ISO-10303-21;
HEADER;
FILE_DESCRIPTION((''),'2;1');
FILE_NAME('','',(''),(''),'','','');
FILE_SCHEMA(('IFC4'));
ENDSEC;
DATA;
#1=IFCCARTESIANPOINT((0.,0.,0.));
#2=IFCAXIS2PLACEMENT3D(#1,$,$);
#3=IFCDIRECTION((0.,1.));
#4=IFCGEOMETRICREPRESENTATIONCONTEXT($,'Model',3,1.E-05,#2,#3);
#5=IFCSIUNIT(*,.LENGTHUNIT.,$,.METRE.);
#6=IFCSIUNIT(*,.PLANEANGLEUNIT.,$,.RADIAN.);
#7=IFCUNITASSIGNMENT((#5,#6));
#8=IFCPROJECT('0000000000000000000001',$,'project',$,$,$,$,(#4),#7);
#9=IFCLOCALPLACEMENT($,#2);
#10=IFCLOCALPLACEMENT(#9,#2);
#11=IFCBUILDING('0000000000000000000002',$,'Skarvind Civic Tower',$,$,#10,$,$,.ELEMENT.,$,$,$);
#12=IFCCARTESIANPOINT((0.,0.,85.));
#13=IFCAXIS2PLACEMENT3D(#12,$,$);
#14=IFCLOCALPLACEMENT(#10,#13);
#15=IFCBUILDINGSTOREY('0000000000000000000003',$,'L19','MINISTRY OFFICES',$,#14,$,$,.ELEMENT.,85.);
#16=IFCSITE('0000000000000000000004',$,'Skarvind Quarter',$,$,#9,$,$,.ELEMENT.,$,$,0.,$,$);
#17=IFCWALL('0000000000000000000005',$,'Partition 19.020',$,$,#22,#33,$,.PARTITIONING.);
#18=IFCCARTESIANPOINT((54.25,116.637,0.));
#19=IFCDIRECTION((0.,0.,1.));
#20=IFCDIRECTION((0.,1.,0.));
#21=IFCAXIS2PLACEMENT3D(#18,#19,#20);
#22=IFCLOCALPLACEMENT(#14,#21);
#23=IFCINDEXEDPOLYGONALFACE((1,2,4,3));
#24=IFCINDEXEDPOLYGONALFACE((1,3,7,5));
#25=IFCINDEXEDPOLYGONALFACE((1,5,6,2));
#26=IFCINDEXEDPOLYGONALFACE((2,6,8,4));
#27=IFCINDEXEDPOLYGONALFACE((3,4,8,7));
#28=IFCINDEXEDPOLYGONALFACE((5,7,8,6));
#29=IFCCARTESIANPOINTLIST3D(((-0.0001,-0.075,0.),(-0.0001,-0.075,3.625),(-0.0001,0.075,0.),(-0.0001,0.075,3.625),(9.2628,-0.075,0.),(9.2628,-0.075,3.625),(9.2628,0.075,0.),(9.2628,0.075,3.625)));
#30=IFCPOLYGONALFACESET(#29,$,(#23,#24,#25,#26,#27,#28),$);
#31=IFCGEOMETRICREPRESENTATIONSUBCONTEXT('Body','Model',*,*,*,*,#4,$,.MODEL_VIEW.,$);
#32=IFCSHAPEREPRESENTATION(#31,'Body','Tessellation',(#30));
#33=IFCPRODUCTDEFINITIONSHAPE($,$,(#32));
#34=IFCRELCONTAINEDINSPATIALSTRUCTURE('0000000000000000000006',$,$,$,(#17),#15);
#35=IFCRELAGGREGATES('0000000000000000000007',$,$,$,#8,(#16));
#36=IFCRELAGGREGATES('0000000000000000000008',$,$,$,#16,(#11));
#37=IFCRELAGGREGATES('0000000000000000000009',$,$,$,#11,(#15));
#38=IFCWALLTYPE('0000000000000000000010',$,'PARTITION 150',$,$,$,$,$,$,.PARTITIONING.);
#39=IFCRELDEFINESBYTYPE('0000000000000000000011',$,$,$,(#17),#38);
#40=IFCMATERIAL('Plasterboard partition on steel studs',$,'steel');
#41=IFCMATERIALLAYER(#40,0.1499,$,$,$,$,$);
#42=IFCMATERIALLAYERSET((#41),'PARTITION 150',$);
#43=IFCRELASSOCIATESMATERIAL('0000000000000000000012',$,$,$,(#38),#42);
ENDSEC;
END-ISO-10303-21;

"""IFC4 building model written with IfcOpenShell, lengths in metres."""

from ifc_helpers import new_model, si_unit, direction, frame, frame_2d, origin, place, context, subcontext, project, spatial, rectangle, extrude, material, layer, layer_set, type_object, element, save


model = new_model("IFC4")

# Units and contexts
model_context = context("Model", 3, precision=1e-05, world=origin(), true_north=direction((0.0, 1.0)))
body_context = subcontext(model_context, "Body", "Model", "MODEL_VIEW")
ifc_project = project(units=[si_unit("LENGTHUNIT", "METRE"), si_unit("PLANEANGLEUNIT", "RADIAN")], contexts=[model_context])

# Site, building, storey
site_placement = place(None, origin())
site = spatial("IfcSite", under=ifc_project, at=site_placement, Name="Skarvind Quarter", CompositionType="ELEMENT", RefElevation=0.0)
building_placement = place(site_placement, origin())
building = spatial("IfcBuilding", under=site, at=building_placement, Name="Skarvind Civic Tower", CompositionType="ELEMENT")
storey_placement = place(building_placement, frame((0.0, 0.0, 85.0)))
storey = spatial("IfcBuildingStorey", under=building, at=storey_placement, Name="L19", Description="MINISTRY OFFICES", CompositionType="ELEMENT", Elevation=85.0)

# Shared definitions
ifc_material_1 = material(Name="Plasterboard partition on steel studs", Category="steel")
ifc_layer_1 = layer(ifc_material_1, 0.1499)
ifc_layer_set_1 = layer_set([ifc_layer_1], Name="PARTITION 150")
wall_type_1 = type_object("IfcWallType", Name="PARTITION 150", PredefinedType="PARTITIONING", material=ifc_layer_set_1)

# Wall
wall_1_placement = place(storey_placement, frame((54.25, 116.637, 0.0), z_axis=(0.0, 0.0, 1.0), x_axis=(0.0, 1.0, 0.0)))
element("IfcWall", 1, at=wall_1_placement, inside=storey, type_object=wall_type_1, Name="Partition 19.020", PredefinedType="PARTITIONING", context=body_context, shape_type="SweptSolid", body=[
    extrude(rectangle(XDim=9.2629, YDim=0.1499, at=frame_2d((4.6313, 0.0))), origin(), (0.0, 0.0, 1.0), 3.625),
])

save(model, "model.ifc")
